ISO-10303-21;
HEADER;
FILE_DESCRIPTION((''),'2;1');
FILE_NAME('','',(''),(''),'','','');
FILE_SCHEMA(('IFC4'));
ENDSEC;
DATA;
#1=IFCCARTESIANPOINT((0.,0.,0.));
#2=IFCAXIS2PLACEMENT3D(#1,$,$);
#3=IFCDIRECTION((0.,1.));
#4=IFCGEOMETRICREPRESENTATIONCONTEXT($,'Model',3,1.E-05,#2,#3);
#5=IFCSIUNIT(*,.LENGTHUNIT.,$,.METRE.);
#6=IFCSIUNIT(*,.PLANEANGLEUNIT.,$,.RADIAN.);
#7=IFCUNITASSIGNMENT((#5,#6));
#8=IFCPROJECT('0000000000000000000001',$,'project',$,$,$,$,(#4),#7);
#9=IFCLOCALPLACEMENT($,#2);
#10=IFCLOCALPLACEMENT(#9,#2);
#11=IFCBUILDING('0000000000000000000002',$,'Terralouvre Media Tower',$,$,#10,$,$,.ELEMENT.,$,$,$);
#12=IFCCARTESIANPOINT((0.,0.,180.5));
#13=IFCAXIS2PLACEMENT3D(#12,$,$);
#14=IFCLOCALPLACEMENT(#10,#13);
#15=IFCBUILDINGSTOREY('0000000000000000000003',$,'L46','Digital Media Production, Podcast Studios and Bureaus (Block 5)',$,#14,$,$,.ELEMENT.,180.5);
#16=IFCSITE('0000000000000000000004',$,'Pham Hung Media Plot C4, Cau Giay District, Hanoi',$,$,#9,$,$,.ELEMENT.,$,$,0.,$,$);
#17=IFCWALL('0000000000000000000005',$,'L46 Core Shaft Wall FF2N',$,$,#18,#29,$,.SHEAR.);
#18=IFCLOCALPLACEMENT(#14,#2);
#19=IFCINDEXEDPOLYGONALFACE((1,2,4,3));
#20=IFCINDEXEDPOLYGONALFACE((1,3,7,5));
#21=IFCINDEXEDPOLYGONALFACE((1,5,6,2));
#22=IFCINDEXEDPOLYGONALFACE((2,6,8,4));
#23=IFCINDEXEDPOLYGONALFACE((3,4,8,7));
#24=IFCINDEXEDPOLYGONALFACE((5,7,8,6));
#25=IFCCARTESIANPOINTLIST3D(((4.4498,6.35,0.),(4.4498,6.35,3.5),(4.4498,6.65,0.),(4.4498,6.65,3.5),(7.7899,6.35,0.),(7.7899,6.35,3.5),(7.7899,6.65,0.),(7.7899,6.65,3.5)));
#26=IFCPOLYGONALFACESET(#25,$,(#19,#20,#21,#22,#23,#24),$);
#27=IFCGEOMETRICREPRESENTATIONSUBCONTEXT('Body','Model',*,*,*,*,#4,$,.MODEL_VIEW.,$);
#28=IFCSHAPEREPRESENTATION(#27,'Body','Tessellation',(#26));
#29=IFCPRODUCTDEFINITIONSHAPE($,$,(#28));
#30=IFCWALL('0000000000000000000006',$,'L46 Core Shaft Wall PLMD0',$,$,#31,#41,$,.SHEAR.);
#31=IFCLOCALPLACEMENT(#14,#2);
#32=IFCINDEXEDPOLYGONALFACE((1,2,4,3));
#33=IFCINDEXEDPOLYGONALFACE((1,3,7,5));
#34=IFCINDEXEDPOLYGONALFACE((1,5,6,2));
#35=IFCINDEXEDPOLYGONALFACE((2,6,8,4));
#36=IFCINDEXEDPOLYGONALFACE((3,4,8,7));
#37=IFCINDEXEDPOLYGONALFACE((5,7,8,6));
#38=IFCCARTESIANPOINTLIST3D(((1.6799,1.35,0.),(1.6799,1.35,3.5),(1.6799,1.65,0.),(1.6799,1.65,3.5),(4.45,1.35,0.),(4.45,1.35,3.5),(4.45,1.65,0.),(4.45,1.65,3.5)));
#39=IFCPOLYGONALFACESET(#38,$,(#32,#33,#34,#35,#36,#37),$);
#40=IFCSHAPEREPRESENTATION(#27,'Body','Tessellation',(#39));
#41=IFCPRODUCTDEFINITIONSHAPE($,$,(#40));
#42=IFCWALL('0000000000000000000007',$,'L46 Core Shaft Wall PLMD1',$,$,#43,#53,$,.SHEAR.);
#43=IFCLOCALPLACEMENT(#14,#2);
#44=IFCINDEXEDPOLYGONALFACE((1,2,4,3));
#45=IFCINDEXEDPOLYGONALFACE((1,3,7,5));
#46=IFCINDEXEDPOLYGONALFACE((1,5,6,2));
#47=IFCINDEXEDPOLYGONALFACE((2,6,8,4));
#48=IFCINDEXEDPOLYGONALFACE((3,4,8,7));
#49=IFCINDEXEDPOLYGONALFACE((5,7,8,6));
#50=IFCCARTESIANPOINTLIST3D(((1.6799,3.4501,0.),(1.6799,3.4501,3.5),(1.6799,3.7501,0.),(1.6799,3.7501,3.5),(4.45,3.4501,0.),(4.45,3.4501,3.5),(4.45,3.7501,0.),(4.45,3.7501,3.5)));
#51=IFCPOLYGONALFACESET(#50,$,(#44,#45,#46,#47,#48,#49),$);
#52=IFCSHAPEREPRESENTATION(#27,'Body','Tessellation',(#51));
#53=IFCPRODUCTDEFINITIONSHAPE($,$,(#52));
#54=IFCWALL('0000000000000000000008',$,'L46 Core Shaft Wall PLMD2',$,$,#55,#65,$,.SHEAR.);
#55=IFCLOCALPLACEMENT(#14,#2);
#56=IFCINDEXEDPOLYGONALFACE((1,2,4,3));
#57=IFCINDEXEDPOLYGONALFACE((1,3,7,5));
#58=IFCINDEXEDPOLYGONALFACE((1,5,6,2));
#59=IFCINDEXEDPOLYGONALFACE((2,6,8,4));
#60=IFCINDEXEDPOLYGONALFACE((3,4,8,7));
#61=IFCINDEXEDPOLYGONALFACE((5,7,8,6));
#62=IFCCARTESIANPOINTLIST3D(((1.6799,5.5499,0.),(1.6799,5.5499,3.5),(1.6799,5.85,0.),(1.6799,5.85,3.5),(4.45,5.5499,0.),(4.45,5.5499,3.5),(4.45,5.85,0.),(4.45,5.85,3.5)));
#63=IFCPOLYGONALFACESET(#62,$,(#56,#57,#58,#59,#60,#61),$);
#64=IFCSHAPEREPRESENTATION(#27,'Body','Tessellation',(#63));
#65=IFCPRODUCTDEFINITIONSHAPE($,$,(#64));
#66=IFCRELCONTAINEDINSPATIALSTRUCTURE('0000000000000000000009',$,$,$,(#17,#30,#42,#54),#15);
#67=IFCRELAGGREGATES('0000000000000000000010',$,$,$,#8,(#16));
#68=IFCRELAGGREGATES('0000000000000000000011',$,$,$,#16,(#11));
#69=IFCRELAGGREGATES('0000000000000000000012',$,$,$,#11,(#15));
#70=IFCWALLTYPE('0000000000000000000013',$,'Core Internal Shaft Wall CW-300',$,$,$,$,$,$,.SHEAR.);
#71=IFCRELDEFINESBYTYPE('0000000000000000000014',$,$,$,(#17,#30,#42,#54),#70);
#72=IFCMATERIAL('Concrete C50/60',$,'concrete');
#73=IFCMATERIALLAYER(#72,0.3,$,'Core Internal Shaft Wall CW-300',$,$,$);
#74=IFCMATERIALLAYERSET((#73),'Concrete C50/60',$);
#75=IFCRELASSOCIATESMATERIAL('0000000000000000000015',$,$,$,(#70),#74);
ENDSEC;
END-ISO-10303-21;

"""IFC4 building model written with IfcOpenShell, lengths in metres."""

from ifc_helpers import new_model, si_unit, direction, frame, frame_2d, origin, place, context, subcontext, project, spatial, rectangle, extrude, material, layer, layer_set, type_object, element, save


model = new_model("IFC4")

# Units and contexts
model_context = context("Model", 3, precision=1e-05, world=origin(), true_north=direction((0.0, 1.0)))
body_context = subcontext(model_context, "Body", "Model", "MODEL_VIEW")
ifc_project = project(units=[si_unit("LENGTHUNIT", "METRE"), si_unit("PLANEANGLEUNIT", "RADIAN")], contexts=[model_context])

# Site, building, storey
site_placement = place(None, origin())
site = spatial("IfcSite", under=ifc_project, at=site_placement, Name="Pham Hung Media Plot C4, Cau Giay District, Hanoi", CompositionType="ELEMENT", RefElevation=0.0)
building_placement = place(site_placement, origin())
building = spatial("IfcBuilding", under=site, at=building_placement, Name="Terralouvre Media Tower", CompositionType="ELEMENT")
storey_placement = place(building_placement, frame((0.0, 0.0, 180.5)))
storey = spatial("IfcBuildingStorey", under=building, at=storey_placement, Name="L46", Description="Digital Media Production, Podcast Studios and Bureaus (Block 5)", CompositionType="ELEMENT", Elevation=180.5)

# Shared definitions
ifc_material_1 = material(Name="Concrete C50/60", Category="concrete")
ifc_layer_1 = layer(ifc_material_1, 0.3, Name="Core Internal Shaft Wall CW-300")
ifc_layer_set_1 = layer_set([ifc_layer_1], Name="Concrete C50/60")
wall_type = type_object("IfcWallType", Name="Core Internal Shaft Wall CW-300", PredefinedType="SHEAR", material=ifc_layer_set_1)

# Walls
wall_1_placement = place(storey_placement, frame((4.45, 6.5, 0.0), z_axis=(0.0, 0.0, 1.0), x_axis=(1.0, 0.0, 0.0)))
element("IfcWall", 1, at=wall_1_placement, inside=storey, type_object=wall_type, Name="L46 Core Shaft Wall FF2N", PredefinedType="SHEAR", context=body_context, shape_type="SweptSolid", body=[
    extrude(rectangle(XDim=3.3401, YDim=0.3, at=frame_2d((1.6699, 0.0))), origin(), (0.0, 0.0, 1.0), 3.5),
])
for number, where, z_axis, x_axis, name in (
    (2, (1.6799, 1.5, 0.0), (0.0, 0.0, 1.0), (1.0, 0.0, 0.0), "L46 Core Shaft Wall PLMD0"),
    (3, (1.6799, 3.6001, 0.0), (0.0, 0.0, 1.0), (1.0, 0.0, 0.0), "L46 Core Shaft Wall PLMD1"),
    (4, (1.6799, 5.7, 0.0), (0.0, 0.0, 1.0), (1.0, 0.0, 0.0), "L46 Core Shaft Wall PLMD2"),
):
    element("IfcWall", number, at=place(storey_placement, frame(where, z_axis=z_axis, x_axis=x_axis)), inside=storey, type_object=wall_type, Name=name, PredefinedType="SHEAR", context=body_context, shape_type="SweptSolid", body=[
        extrude(rectangle(XDim=2.77, YDim=0.3, at=frame_2d((1.385, 0.0))), origin(), (0.0, 0.0, 1.0), 3.5),
    ])

save(model, "model.ifc")
